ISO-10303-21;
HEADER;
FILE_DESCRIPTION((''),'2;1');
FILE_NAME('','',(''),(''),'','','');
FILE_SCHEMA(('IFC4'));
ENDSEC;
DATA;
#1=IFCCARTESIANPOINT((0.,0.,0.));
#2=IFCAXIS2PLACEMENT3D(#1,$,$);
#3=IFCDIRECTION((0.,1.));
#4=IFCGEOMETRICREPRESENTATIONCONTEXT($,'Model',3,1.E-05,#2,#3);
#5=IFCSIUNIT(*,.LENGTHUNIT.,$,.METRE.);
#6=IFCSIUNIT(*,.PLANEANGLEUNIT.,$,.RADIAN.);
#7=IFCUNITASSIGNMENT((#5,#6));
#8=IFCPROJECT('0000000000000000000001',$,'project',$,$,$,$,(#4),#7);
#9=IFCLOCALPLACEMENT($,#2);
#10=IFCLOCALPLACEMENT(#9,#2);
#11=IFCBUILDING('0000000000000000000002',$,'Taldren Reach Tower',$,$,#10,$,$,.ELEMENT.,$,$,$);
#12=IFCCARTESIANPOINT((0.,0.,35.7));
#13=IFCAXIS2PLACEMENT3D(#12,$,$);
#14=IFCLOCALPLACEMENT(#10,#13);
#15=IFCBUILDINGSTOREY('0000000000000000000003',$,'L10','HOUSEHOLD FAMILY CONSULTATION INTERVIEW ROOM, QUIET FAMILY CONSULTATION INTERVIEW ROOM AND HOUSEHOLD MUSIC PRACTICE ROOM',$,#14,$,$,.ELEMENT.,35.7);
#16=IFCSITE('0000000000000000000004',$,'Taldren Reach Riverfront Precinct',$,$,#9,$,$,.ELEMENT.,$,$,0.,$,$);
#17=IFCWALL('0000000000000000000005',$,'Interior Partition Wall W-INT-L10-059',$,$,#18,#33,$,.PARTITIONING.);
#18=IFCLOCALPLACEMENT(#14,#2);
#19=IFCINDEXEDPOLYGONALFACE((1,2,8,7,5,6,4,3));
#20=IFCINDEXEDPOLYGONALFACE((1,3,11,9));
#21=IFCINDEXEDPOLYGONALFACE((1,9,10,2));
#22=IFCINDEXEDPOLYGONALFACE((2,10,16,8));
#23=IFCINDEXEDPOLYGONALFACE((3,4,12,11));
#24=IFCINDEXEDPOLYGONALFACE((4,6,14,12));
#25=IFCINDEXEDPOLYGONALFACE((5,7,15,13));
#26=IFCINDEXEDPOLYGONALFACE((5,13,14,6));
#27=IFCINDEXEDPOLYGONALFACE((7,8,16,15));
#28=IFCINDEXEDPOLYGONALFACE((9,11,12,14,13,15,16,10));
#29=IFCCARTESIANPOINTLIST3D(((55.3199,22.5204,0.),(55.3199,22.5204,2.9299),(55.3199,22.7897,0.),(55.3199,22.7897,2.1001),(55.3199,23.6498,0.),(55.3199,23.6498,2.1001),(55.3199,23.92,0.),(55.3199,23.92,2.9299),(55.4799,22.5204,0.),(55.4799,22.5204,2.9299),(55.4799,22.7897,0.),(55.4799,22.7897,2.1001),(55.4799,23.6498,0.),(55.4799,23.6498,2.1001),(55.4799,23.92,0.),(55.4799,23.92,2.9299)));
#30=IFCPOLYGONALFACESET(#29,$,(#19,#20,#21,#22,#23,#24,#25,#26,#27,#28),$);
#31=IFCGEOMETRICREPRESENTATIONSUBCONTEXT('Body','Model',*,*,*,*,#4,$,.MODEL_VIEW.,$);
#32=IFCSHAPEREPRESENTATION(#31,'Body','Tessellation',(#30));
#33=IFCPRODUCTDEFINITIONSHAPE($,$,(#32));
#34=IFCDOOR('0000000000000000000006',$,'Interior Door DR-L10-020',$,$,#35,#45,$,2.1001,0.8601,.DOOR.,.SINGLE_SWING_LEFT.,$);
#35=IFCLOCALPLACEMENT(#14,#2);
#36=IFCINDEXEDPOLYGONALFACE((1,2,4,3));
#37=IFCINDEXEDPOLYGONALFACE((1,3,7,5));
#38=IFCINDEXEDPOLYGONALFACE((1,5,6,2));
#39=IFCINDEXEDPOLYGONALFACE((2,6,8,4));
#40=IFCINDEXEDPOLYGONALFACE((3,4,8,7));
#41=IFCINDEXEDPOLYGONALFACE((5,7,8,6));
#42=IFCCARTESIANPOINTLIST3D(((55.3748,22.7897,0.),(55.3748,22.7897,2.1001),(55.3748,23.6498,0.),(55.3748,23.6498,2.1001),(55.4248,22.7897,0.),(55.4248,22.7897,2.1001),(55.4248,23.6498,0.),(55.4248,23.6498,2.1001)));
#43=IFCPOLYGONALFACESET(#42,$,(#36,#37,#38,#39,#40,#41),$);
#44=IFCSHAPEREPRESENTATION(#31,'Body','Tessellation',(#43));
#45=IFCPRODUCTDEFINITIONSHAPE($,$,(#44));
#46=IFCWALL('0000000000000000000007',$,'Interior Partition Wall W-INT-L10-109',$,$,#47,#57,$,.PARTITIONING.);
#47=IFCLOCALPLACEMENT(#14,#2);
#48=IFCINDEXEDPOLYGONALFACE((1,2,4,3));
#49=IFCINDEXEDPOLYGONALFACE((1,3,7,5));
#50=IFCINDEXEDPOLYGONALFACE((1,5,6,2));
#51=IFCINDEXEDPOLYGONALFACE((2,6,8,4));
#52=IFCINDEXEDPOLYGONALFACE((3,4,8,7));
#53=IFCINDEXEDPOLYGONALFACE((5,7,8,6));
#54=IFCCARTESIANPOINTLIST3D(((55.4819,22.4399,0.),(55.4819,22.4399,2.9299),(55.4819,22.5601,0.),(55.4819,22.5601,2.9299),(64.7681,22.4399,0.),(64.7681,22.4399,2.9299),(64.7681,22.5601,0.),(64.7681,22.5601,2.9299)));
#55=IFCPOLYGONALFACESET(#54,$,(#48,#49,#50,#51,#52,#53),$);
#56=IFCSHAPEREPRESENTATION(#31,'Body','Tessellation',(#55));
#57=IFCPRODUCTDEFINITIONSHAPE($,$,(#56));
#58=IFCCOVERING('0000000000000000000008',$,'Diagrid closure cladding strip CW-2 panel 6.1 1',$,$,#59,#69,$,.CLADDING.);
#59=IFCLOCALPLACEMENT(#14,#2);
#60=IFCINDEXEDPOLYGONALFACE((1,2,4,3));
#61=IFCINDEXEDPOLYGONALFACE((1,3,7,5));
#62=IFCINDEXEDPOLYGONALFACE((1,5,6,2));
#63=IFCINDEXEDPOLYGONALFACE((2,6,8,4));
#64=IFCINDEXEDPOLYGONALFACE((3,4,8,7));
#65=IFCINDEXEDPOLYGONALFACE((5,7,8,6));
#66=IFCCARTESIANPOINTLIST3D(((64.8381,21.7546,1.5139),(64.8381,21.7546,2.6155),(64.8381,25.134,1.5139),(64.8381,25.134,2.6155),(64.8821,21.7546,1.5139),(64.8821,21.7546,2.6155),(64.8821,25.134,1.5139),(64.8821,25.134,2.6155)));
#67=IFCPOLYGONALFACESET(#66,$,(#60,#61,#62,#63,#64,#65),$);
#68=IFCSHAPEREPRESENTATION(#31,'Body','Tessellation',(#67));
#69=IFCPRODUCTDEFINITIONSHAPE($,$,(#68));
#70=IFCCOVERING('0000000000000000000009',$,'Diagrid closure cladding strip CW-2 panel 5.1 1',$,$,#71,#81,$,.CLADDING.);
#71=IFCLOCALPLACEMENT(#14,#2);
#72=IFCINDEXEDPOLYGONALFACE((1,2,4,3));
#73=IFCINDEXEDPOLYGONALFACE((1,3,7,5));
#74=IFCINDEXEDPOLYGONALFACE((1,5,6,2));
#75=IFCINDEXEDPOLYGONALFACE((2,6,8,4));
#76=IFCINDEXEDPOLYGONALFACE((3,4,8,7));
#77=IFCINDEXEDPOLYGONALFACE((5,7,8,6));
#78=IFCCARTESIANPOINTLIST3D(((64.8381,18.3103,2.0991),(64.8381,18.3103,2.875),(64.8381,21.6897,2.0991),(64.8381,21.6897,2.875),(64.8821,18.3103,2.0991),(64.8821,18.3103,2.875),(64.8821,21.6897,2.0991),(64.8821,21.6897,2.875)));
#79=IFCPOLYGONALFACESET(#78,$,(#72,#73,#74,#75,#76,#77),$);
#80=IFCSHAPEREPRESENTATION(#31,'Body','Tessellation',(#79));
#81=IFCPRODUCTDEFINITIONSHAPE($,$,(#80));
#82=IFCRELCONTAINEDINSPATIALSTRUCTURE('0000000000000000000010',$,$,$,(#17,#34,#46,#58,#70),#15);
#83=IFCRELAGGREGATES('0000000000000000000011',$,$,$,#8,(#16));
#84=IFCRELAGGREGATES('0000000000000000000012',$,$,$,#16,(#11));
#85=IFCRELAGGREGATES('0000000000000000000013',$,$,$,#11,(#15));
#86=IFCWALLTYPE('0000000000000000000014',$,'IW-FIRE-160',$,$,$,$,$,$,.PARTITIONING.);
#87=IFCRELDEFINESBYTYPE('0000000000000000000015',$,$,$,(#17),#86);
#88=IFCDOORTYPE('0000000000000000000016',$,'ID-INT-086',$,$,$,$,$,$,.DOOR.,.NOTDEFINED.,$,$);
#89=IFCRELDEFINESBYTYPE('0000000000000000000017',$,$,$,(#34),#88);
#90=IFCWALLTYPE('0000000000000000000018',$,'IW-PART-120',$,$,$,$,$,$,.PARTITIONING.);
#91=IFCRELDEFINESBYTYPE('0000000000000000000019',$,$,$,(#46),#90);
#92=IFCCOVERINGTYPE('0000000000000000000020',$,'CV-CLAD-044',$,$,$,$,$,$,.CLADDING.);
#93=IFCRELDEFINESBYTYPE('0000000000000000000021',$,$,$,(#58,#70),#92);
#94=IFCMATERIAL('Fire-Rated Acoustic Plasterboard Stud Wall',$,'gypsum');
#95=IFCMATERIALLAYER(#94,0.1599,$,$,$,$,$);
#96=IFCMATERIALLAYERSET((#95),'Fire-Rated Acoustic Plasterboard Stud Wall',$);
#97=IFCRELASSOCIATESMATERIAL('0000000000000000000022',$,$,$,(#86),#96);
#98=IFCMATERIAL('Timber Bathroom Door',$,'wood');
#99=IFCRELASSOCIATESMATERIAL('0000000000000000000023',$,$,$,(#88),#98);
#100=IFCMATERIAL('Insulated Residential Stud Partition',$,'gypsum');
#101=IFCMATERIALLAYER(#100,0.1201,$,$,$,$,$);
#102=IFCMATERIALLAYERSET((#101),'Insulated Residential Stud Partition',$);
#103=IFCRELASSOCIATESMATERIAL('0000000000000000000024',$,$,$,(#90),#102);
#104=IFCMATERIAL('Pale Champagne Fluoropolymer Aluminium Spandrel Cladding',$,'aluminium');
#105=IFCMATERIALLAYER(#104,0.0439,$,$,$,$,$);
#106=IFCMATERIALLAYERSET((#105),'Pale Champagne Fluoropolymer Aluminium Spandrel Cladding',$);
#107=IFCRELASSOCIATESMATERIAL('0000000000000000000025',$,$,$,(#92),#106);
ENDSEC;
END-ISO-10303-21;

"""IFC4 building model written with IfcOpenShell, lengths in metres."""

from ifc_helpers import new_model, si_unit, direction, frame, frame_2d, origin, origin_2d, place, context, subcontext, project, spatial, rectangle, extrude, source, transform, mapped, material, layer, layer_set, type_object, element, fill, save


model = new_model("IFC4")

# Units and contexts
model_context = context("Model", 3, precision=1e-05, world=origin(), true_north=direction((0.0, 1.0)))
body_context = subcontext(model_context, "Body", "Model", "MODEL_VIEW")
ifc_project = project(units=[si_unit("LENGTHUNIT", "METRE"), si_unit("PLANEANGLEUNIT", "RADIAN")], contexts=[model_context])

# Site, building, storey
site_placement = place(None, origin())
site = spatial("IfcSite", under=ifc_project, at=site_placement, Name="Taldren Reach Riverfront Precinct", CompositionType="ELEMENT", RefElevation=0.0)
building_placement = place(site_placement, origin())
building = spatial("IfcBuilding", under=site, at=building_placement, Name="Taldren Reach Tower", CompositionType="ELEMENT")
storey_placement = place(building_placement, frame((0.0, 0.0, 35.7)))
storey = spatial("IfcBuildingStorey", under=building, at=storey_placement, Name="L10", Description="HOUSEHOLD FAMILY CONSULTATION INTERVIEW ROOM, QUIET FAMILY CONSULTATION INTERVIEW ROOM AND HOUSEHOLD MUSIC PRACTICE ROOM", CompositionType="ELEMENT", Elevation=35.7)

# Wall, opening, door
ifc_material_1 = material(Name="Fire-Rated Acoustic Plasterboard Stud Wall", Category="gypsum")
ifc_layer_1 = layer(ifc_material_1, 0.1599)
ifc_layer_set_1 = layer_set([ifc_layer_1], Name="Fire-Rated Acoustic Plasterboard Stud Wall")
wall_type_1 = type_object("IfcWallType", Name="IW-FIRE-160", PredefinedType="PARTITIONING", material=ifc_layer_set_1)
shared_shape_1 = source(origin(), body_context, "Body", "SweptSolid", [
    extrude(rectangle(XDim=1.3997, YDim=0.1599, at=frame_2d((0.6997, 0.0))), origin(), (0.0, 0.0, 1.0), 2.9299),
])
wall_1_placement = place(storey_placement, frame((55.3999, 23.9199, 0.0), z_axis=(0.0, 0.0, 1.0), x_axis=(0.0, -1.0, 0.0)))
wall_1 = element("IfcWall", 1, at=wall_1_placement, inside=storey, type_object=wall_type_1, Name="Interior Partition Wall W-INT-L10-059", PredefinedType="PARTITIONING", context=body_context, shape_type="MappedRepresentation", body=[
    mapped(shared_shape_1, transform((0.0, 0.0, 0.0), scale=1.0)),
])
shared_shape_2 = source(origin(), body_context, "Body", "SweptSolid", [
    extrude(rectangle(XDim=0.8601, YDim=2.1001, at=frame_2d((0.4302, 1.05))), frame((0.0, 0.0898, 0.0), z_axis=(0.0, -1.0, 0.0), x_axis=(1.0, 0.0, 0.0)), (0.0, 0.0, 1.0), 0.1799),
])
opening_1_placement = place(wall_1_placement, frame((0.27, 0.0, 0.0)))
opening_1 = element("IfcOpeningElement", 2, at=opening_1_placement, cuts=wall_1, PredefinedType="OPENING", context=body_context, shape_type="MappedRepresentation", body=[
    mapped(shared_shape_2, transform((0.0, 0.0, 0.0), scale=1.0)),
])
ifc_material_2 = material(Name="Timber Bathroom Door", Category="wood")
door_type_1 = type_object("IfcDoorType", Name="ID-INT-086", OperationType="NOTDEFINED", PredefinedType="DOOR", material=ifc_material_2)
shared_shape_3 = source(origin(), body_context, "Body", "SweptSolid", [
    extrude(rectangle(XDim=0.8601, YDim=2.1001, at=frame_2d((0.4302, 1.05))), frame((0.0, 0.0249, 0.0), z_axis=(0.0, -1.0, 0.0), x_axis=(1.0, 0.0, 0.0)), (0.0, 0.0, 1.0), 0.05),
])
door_1_placement = place(opening_1_placement, origin())
door_1 = element("IfcDoor", 3, at=door_1_placement, inside=storey, type_object=door_type_1, Name="Interior Door DR-L10-020", OperationType="SINGLE_SWING_LEFT", OverallHeight=2.1001, OverallWidth=0.8601, PredefinedType="DOOR", context=body_context, shape_type="MappedRepresentation", body=[
    mapped(shared_shape_3, transform((0.0, 0.0, 0.0), scale=1.0)),
])
fill(opening_1, door_1)

# Wall
ifc_material_3 = material(Name="Insulated Residential Stud Partition", Category="gypsum")
ifc_layer_2 = layer(ifc_material_3, 0.1201)
ifc_layer_set_2 = layer_set([ifc_layer_2], Name="Insulated Residential Stud Partition")
wall_type_2 = type_object("IfcWallType", Name="IW-PART-120", PredefinedType="PARTITIONING", material=ifc_layer_set_2)
shared_shape_4 = source(origin(), body_context, "Body", "SweptSolid", [
    extrude(rectangle(XDim=9.2861, YDim=0.1201, at=frame_2d((4.6431, 0.0))), origin(), (0.0, 0.0, 1.0), 2.9299),
])
wall_2_placement = place(storey_placement, frame((55.4819, 22.5, 0.0), z_axis=(0.0, 0.0, 1.0), x_axis=(1.0, 0.0, 0.0)))
element("IfcWall", 4, at=wall_2_placement, inside=storey, type_object=wall_type_2, Name="Interior Partition Wall W-INT-L10-109", PredefinedType="PARTITIONING", context=body_context, shape_type="MappedRepresentation", body=[
    mapped(shared_shape_4, transform((0.0, 0.0, 0.0), scale=1.0)),
])

# Coverings
ifc_material_4 = material(Name="Pale Champagne Fluoropolymer Aluminium Spandrel Cladding", Category="aluminium")
ifc_layer_3 = layer(ifc_material_4, 0.0439)
ifc_layer_set_3 = layer_set([ifc_layer_3], Name="Pale Champagne Fluoropolymer Aluminium Spandrel Cladding")
covering_type = type_object("IfcCoveringType", Name="CV-CLAD-044", PredefinedType="CLADDING", material=ifc_layer_set_3)
shared_shape_5 = source(origin(), body_context, "Body", "SweptSolid", [
    extrude(rectangle(XDim=3.3794, YDim=0.0439, at=origin_2d()), origin(), (0.0, 0.0, 1.0), 1.1016),
])
covering_1_placement = place(storey_placement, frame((64.8601, 23.4443, 1.5139), z_axis=(0.0, 0.0, 1.0), x_axis=(0.0, 1.0, 0.0)))
element("IfcCovering", 5, at=covering_1_placement, inside=storey, type_object=covering_type, Name="Diagrid closure cladding strip CW-2 panel 6.1 1", PredefinedType="CLADDING", context=body_context, shape_type="MappedRepresentation", body=[
    mapped(shared_shape_5, transform((0.0, 0.0, 0.0), scale=1.0)),
])
shared_shape_6 = source(origin(), body_context, "Body", "SweptSolid", [
    extrude(rectangle(XDim=3.3794, YDim=0.0439, at=origin_2d()), origin(), (0.0, 0.0, 1.0), 0.7759),
])
covering_2_placement = place(storey_placement, frame((64.8601, 20.0, 2.0991), z_axis=(0.0, 0.0, 1.0), x_axis=(0.0, 1.0, 0.0)))
element("IfcCovering", 6, at=covering_2_placement, inside=storey, type_object=covering_type, Name="Diagrid closure cladding strip CW-2 panel 5.1 1", PredefinedType="CLADDING", context=body_context, shape_type="MappedRepresentation", body=[
    mapped(shared_shape_6, transform((0.0, 0.0, 0.0), scale=1.0)),
])

save(model, "model.ifc")
